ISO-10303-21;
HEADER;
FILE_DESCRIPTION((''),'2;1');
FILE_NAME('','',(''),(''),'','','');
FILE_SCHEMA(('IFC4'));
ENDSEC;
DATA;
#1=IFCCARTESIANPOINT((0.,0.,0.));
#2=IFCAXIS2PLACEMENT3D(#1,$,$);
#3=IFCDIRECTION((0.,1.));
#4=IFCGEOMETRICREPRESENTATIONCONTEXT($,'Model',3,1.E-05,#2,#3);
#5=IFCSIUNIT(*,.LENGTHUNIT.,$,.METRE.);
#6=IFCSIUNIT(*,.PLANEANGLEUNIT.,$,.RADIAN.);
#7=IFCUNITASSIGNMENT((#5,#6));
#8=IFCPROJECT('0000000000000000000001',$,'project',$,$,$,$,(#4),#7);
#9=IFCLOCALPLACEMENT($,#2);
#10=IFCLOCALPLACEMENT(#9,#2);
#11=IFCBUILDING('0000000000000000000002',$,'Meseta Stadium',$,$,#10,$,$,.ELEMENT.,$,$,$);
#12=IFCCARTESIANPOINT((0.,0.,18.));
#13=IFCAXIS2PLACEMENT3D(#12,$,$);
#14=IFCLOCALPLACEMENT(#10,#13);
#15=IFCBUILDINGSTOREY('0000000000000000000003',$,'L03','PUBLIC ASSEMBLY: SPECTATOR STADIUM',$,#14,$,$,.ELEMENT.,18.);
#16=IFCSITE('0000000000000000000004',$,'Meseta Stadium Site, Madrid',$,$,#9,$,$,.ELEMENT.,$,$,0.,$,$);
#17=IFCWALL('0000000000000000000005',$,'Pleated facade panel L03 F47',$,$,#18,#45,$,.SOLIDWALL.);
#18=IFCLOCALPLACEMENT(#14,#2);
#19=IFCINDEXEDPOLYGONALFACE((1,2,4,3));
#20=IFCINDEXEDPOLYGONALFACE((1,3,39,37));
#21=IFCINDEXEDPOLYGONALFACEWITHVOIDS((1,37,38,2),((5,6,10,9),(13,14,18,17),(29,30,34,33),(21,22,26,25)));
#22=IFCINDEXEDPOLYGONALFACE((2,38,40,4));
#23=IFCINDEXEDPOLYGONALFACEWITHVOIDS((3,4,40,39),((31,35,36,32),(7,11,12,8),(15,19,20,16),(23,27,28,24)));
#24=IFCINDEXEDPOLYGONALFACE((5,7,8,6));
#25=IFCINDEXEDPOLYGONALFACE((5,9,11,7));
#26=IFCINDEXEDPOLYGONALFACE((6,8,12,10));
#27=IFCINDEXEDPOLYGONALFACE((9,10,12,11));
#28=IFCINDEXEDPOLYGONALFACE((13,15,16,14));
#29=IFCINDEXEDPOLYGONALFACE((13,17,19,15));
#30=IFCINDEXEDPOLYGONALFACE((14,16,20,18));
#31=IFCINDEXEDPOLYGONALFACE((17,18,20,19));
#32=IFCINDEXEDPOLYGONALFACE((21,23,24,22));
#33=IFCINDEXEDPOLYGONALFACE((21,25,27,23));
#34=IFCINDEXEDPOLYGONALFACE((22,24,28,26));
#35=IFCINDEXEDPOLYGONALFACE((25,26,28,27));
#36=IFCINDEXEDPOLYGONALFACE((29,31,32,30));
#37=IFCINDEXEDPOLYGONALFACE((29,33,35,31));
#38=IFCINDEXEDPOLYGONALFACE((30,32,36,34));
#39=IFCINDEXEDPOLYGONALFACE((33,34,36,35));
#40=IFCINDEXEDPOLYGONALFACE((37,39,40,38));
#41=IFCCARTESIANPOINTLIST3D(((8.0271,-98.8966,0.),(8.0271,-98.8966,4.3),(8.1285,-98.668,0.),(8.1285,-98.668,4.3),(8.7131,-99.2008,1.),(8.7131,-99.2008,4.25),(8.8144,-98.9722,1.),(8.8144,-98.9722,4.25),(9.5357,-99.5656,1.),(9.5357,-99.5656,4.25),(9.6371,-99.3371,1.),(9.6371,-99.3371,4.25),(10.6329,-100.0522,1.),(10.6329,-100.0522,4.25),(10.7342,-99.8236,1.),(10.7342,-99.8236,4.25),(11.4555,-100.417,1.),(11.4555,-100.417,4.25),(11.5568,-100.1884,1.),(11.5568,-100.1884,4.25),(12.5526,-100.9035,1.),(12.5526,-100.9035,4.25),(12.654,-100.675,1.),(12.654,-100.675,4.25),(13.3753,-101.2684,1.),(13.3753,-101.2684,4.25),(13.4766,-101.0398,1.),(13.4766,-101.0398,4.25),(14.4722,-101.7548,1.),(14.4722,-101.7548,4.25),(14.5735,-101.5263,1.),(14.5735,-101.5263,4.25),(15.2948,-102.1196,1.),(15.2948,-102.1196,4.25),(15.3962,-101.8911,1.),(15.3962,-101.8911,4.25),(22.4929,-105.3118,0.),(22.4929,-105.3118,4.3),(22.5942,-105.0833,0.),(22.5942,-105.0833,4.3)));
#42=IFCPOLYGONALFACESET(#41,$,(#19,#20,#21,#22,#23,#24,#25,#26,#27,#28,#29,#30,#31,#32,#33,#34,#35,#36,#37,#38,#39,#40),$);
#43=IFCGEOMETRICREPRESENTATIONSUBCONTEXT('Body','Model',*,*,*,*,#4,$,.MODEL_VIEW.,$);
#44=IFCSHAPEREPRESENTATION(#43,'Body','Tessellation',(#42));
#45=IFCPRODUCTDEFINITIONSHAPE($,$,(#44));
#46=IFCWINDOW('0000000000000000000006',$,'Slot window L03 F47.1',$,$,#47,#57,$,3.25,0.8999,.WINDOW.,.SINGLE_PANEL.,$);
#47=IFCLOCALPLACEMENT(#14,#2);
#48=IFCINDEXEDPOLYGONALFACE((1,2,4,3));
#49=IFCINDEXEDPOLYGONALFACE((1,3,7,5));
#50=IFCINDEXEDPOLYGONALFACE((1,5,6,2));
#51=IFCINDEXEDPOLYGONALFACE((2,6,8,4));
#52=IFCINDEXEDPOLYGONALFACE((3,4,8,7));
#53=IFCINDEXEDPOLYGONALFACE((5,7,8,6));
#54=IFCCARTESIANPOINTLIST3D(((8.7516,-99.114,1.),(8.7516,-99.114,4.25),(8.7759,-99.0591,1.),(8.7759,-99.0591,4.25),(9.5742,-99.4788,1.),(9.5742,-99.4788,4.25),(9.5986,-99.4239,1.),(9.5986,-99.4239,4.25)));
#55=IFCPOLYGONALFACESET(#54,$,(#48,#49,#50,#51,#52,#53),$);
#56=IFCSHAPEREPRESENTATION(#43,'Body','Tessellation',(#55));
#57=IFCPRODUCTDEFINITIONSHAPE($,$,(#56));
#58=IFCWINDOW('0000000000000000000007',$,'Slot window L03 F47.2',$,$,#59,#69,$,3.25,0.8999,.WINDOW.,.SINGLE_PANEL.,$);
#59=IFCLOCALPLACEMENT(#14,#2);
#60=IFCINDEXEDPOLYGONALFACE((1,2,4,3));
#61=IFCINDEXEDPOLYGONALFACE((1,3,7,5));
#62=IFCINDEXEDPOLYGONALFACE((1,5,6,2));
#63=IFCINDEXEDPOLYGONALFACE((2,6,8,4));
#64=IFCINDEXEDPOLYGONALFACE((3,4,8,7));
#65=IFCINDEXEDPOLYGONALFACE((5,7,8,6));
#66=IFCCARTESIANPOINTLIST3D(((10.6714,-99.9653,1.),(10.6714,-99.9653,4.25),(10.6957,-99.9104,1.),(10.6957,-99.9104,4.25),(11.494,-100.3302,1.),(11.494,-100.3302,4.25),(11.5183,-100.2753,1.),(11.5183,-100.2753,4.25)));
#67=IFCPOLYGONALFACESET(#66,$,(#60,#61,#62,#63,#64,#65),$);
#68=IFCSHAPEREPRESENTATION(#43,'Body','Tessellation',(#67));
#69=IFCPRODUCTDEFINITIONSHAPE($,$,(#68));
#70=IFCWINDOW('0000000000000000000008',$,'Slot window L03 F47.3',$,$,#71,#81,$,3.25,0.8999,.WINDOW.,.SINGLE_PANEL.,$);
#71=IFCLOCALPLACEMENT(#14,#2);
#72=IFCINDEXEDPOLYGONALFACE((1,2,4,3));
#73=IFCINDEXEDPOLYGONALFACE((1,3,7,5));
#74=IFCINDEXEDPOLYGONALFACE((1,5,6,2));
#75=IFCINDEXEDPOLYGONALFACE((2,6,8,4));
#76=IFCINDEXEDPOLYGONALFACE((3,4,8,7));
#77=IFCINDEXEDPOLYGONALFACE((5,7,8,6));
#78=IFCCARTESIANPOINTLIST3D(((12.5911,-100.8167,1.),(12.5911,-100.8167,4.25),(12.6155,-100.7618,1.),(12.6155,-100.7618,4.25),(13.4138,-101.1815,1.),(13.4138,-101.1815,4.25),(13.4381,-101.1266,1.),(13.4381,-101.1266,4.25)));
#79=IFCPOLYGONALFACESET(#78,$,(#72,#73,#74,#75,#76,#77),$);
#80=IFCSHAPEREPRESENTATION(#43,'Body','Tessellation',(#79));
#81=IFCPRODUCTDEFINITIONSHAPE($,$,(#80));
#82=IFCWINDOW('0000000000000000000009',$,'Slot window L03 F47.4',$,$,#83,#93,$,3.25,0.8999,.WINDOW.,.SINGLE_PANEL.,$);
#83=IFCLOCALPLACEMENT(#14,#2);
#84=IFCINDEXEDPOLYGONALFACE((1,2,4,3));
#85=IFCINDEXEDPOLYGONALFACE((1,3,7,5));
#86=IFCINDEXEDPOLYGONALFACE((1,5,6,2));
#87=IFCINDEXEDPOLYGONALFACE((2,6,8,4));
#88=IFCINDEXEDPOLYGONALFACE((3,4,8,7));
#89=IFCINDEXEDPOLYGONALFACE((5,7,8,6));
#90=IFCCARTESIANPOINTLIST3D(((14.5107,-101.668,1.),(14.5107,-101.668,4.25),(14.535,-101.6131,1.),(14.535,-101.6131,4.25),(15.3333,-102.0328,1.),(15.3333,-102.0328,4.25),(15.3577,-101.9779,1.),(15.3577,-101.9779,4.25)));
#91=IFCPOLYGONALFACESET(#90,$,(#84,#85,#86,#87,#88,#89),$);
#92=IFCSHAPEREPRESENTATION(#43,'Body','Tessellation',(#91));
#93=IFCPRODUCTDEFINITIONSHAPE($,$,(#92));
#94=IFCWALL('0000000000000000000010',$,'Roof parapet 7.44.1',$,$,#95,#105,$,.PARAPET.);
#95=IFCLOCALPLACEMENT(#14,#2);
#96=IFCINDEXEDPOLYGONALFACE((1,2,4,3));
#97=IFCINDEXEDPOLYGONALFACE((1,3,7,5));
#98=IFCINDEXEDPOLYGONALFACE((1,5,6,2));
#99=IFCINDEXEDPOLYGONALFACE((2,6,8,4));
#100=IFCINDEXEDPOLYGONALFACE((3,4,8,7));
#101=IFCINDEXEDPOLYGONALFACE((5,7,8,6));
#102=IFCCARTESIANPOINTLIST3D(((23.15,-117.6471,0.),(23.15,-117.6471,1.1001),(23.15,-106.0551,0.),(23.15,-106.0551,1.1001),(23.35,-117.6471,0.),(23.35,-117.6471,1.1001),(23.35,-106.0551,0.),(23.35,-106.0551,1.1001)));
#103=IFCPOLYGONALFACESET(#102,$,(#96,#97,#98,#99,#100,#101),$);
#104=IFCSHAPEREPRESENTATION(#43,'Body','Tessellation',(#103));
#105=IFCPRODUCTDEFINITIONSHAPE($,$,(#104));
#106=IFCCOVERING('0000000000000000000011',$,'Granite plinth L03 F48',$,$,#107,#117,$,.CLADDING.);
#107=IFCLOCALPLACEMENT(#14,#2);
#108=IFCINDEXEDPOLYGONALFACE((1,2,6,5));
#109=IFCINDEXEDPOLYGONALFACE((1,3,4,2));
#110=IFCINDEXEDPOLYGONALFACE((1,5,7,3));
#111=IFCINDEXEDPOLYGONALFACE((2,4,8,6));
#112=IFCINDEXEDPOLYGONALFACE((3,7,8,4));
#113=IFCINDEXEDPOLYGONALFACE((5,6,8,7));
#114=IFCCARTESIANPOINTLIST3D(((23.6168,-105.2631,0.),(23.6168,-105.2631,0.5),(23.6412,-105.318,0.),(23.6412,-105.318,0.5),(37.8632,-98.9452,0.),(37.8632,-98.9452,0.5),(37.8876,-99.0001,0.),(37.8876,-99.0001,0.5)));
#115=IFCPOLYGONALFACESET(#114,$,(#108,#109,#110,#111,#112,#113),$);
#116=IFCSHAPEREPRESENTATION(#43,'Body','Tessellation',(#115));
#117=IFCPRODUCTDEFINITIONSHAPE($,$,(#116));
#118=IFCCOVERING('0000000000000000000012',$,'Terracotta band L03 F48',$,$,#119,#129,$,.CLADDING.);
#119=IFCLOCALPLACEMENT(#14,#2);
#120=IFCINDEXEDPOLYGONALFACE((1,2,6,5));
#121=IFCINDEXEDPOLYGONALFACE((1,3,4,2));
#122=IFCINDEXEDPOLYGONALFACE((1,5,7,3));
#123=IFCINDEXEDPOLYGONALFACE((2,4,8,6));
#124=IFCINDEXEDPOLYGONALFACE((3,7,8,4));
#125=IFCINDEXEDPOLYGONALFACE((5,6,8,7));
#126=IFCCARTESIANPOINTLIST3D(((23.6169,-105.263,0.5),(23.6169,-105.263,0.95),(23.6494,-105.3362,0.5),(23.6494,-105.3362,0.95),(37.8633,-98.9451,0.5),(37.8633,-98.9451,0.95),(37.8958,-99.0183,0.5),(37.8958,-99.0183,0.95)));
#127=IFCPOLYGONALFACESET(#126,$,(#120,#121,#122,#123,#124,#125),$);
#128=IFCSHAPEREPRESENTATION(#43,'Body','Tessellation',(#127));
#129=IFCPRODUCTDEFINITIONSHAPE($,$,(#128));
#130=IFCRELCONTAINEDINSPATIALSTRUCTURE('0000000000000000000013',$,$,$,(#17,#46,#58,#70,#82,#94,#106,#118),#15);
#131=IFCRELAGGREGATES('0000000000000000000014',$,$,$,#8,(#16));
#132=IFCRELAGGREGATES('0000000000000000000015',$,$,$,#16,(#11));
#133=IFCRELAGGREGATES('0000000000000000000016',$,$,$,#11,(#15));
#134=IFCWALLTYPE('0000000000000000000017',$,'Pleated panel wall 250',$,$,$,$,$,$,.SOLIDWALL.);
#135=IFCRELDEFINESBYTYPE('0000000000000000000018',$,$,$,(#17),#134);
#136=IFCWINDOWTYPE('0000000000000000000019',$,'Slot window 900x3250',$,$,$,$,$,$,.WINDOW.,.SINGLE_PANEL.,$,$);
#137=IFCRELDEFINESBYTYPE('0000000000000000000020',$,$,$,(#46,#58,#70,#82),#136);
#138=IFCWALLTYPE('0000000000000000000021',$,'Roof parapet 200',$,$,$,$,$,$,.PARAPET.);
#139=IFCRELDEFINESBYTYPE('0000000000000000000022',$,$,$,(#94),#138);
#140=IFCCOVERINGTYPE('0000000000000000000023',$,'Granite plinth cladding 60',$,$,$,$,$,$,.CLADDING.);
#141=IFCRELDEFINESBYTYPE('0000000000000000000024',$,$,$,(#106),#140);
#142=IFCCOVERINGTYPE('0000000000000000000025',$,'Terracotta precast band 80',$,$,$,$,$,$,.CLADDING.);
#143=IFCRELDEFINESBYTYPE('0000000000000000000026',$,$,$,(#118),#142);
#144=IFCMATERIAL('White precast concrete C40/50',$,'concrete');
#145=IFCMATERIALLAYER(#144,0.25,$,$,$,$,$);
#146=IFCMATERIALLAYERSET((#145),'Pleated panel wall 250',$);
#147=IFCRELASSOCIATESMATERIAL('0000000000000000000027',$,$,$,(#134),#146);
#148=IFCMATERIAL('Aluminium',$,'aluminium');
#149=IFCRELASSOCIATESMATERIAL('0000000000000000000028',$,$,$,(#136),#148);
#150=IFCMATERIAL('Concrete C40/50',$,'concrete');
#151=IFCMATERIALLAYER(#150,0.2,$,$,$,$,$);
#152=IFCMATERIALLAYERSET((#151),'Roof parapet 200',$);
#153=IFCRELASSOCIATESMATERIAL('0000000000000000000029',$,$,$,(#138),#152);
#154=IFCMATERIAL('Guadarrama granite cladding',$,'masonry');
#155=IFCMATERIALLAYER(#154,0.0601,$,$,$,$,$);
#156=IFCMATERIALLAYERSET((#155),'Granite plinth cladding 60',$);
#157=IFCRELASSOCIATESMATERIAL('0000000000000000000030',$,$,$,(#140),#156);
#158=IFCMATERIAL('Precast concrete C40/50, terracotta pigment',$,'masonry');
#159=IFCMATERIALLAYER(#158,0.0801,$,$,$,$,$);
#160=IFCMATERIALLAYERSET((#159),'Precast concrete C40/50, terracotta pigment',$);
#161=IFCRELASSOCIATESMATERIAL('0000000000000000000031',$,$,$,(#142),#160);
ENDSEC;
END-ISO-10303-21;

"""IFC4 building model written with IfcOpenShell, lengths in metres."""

from ifc_helpers import new_model, si_unit, direction, frame, frame_2d, origin, origin_2d, place, context, subcontext, project, spatial, rectangle, extrude, material, layer, layer_set, type_object, element, fill, save


model = new_model("IFC4")

# Units and contexts
model_context = context("Model", 3, precision=1e-05, world=origin(), true_north=direction((0.0, 1.0)))
body_context = subcontext(model_context, "Body", "Model", "MODEL_VIEW")
ifc_project = project(units=[si_unit("LENGTHUNIT", "METRE"), si_unit("PLANEANGLEUNIT", "RADIAN")], contexts=[model_context])

# Site, building, storey
site_placement = place(None, origin())
site = spatial("IfcSite", under=ifc_project, at=site_placement, Name="Meseta Stadium Site, Madrid", CompositionType="ELEMENT", RefElevation=0.0)
building_placement = place(site_placement, origin())
building = spatial("IfcBuilding", under=site, at=building_placement, Name="Meseta Stadium", CompositionType="ELEMENT")
storey_placement = place(building_placement, frame((0.0, 0.0, 18.0)))
storey = spatial("IfcBuildingStorey", under=building, at=storey_placement, Name="L03", Description="PUBLIC ASSEMBLY: SPECTATOR STADIUM", CompositionType="ELEMENT", Elevation=18.0)

# Wall, openings, windows
ifc_material_1 = material(Name="White precast concrete C40/50", Category="concrete")
ifc_layer_1 = layer(ifc_material_1, 0.25)
ifc_layer_set_1 = layer_set([ifc_layer_1], Name="Pleated panel wall 250")
wall_type_1 = type_object("IfcWallType", Name="Pleated panel wall 250", PredefinedType="SOLIDWALL", material=ifc_layer_set_1)
wall_1_placement = place(storey_placement, frame((22.5435, -105.1975, 0.0), z_axis=(0.0, 0.0, 1.0), x_axis=(-0.914139, 0.405401, 0.0)))
wall_1 = element("IfcWall", 1, at=wall_1_placement, inside=storey, type_object=wall_type_1, Name="Pleated facade panel L03 F47", PredefinedType="SOLIDWALL", context=body_context, shape_type="SweptSolid", body=[
    extrude(rectangle(XDim=15.8245, YDim=0.25, at=frame_2d((7.9121, 0.0))), origin(), (0.0, 0.0, 1.0), 4.3),
])
opening_1_placement = place(wall_1_placement, frame((14.1741, 0.0, 1.0)))
opening_1 = element("IfcOpeningElement", 2, at=opening_1_placement, cuts=wall_1, PredefinedType="OPENING", context=body_context, shape_type="SweptSolid", body=[
    extrude(rectangle(XDim=0.8999, YDim=3.25, at=frame_2d((0.45, 1.625))), frame((0.0, 0.135, 0.0), z_axis=(0.0, -1.0, 0.0), x_axis=(1.0, 0.0, 0.0)), (0.0, 0.0, 1.0), 0.27),
])
opening_2_placement = place(wall_1_placement, frame((12.074, 0.0, 1.0)))
opening_2 = element("IfcOpeningElement", 3, at=opening_2_placement, cuts=wall_1, PredefinedType="OPENING", context=body_context, shape_type="SweptSolid", body=[
    extrude(rectangle(XDim=0.8999, YDim=3.25, at=frame_2d((0.45, 1.625))), frame((0.0, 0.135, 0.0), z_axis=(0.0, -1.0, 0.0), x_axis=(1.0, 0.0, 0.0)), (0.0, 0.0, 1.0), 0.27),
])
opening_3_placement = place(wall_1_placement, frame((9.9739, 0.0, 1.0)))
opening_3 = element("IfcOpeningElement", 4, at=opening_3_placement, cuts=wall_1, PredefinedType="OPENING", context=body_context, shape_type="SweptSolid", body=[
    extrude(rectangle(XDim=0.8999, YDim=3.25, at=frame_2d((0.45, 1.625))), frame((0.0, 0.135, 0.0), z_axis=(0.0, -1.0, 0.0), x_axis=(1.0, 0.0, 0.0)), (0.0, 0.0, 1.0), 0.27),
])
opening_4_placement = place(wall_1_placement, frame((7.874, 0.0, 1.0)))
opening_4 = element("IfcOpeningElement", 5, at=opening_4_placement, cuts=wall_1, PredefinedType="OPENING", context=body_context, shape_type="SweptSolid", body=[
    extrude(rectangle(XDim=0.8999, YDim=3.25, at=frame_2d((0.45, 1.625))), frame((0.0, 0.135, 0.0), z_axis=(0.0, -1.0, 0.0), x_axis=(1.0, 0.0, 0.0)), (0.0, 0.0, 1.0), 0.27),
])
ifc_material_2 = material(Name="Aluminium", Category="aluminium")
window_type = type_object("IfcWindowType", Name="Slot window 900x3250", PartitioningType="SINGLE_PANEL", PredefinedType="WINDOW", material=ifc_material_2)
window_1_placement = place(opening_1_placement, origin())
window_1 = element("IfcWindow", 6, at=window_1_placement, inside=storey, type_object=window_type, Name="Slot window L03 F47.1", OverallHeight=3.25, OverallWidth=0.8999, PartitioningType="SINGLE_PANEL", PredefinedType="WINDOW", context=body_context, shape_type="SweptSolid", body=[
    extrude(rectangle(XDim=0.8999, YDim=3.25, at=frame_2d((0.45, 1.625))), frame((0.0, 0.03, 0.0), z_axis=(0.0, -1.0, 0.0), x_axis=(1.0, 0.0, 0.0)), (0.0, 0.0, 1.0), 0.0601),
])
fill(opening_1, window_1)
window_2_placement = place(opening_2_placement, origin())
window_2 = element("IfcWindow", 7, at=window_2_placement, inside=storey, type_object=window_type, Name="Slot window L03 F47.2", OverallHeight=3.25, OverallWidth=0.8999, PartitioningType="SINGLE_PANEL", PredefinedType="WINDOW", context=body_context, shape_type="SweptSolid", body=[
    extrude(rectangle(XDim=0.8999, YDim=3.25, at=frame_2d((0.45, 1.625))), frame((0.0, 0.03, 0.0), z_axis=(0.0, -1.0, 0.0), x_axis=(1.0, 0.0, 0.0)), (0.0, 0.0, 1.0), 0.0601),
])
fill(opening_2, window_2)
window_3_placement = place(opening_3_placement, origin())
window_3 = element("IfcWindow", 8, at=window_3_placement, inside=storey, type_object=window_type, Name="Slot window L03 F47.3", OverallHeight=3.25, OverallWidth=0.8999, PartitioningType="SINGLE_PANEL", PredefinedType="WINDOW", context=body_context, shape_type="SweptSolid", body=[
    extrude(rectangle(XDim=0.8999, YDim=3.25, at=frame_2d((0.45, 1.625))), frame((0.0, 0.03, 0.0), z_axis=(0.0, -1.0, 0.0), x_axis=(1.0, 0.0, 0.0)), (0.0, 0.0, 1.0), 0.0601),
])
fill(opening_3, window_3)
window_4_placement = place(opening_4_placement, origin())
window_4 = element("IfcWindow", 9, at=window_4_placement, inside=storey, type_object=window_type, Name="Slot window L03 F47.4", OverallHeight=3.25, OverallWidth=0.8999, PartitioningType="SINGLE_PANEL", PredefinedType="WINDOW", context=body_context, shape_type="SweptSolid", body=[
    extrude(rectangle(XDim=0.8999, YDim=3.25, at=frame_2d((0.45, 1.625))), frame((0.0, 0.03, 0.0), z_axis=(0.0, -1.0, 0.0), x_axis=(1.0, 0.0, 0.0)), (0.0, 0.0, 1.0), 0.0601),
])
fill(opening_4, window_4)

# Wall
ifc_material_3 = material(Name="Concrete C40/50", Category="concrete")
ifc_layer_2 = layer(ifc_material_3, 0.2)
ifc_layer_set_2 = layer_set([ifc_layer_2], Name="Roof parapet 200")
wall_type_2 = type_object("IfcWallType", Name="Roof parapet 200", PredefinedType="PARAPET", material=ifc_layer_set_2)
wall_2_placement = place(storey_placement, frame((23.25, -117.647, 0.0), z_axis=(0.0, 0.0, 1.0), x_axis=(0.0, 1.0, 0.0)))
element("IfcWall", 10, at=wall_2_placement, inside=storey, type_object=wall_type_2, Name="Roof parapet 7.44.1", PredefinedType="PARAPET", context=body_context, shape_type="SweptSolid", body=[
    extrude(rectangle(XDim=11.592, YDim=0.2, at=frame_2d((5.7959, 0.0))), origin(), (0.0, 0.0, 1.0), 1.1001),
])

# Coverings
ifc_material_4 = material(Name="Guadarrama granite cladding", Category="masonry")
ifc_layer_3 = layer(ifc_material_4, 0.0601)
ifc_layer_set_3 = layer_set([ifc_layer_3], Name="Granite plinth cladding 60")
covering_type_1 = type_object("IfcCoveringType", Name="Granite plinth cladding 60", PredefinedType="CLADDING", material=ifc_layer_set_3)
covering_1_placement = place(storey_placement, frame((30.7522, -102.1316, 0.0), z_axis=(0.0, 0.0, 1.0), x_axis=(-0.914139, -0.4054, 0.0)))
element("IfcCovering", 11, at=covering_1_placement, inside=storey, type_object=covering_type_1, Name="Granite plinth L03 F48", PredefinedType="CLADDING", context=body_context, shape_type="SweptSolid", body=[
    extrude(rectangle(XDim=15.5845, YDim=0.0601, at=origin_2d()), origin(), (0.0, 0.0, 1.0), 0.5),
])
ifc_material_5 = material(Name="Precast concrete C40/50, terracotta pigment", Category="masonry")
ifc_layer_4 = layer(ifc_material_5, 0.0801)
ifc_layer_set_4 = layer_set([ifc_layer_4], Name="Precast concrete C40/50, terracotta pigment")
covering_type_2 = type_object("IfcCoveringType", Name="Terracotta precast band 80", PredefinedType="CLADDING", material=ifc_layer_set_4)
covering_2_placement = place(storey_placement, frame((30.7563, -102.1406, 0.5), z_axis=(0.0, 0.0, 1.0), x_axis=(-0.914139, -0.4054, 0.0)))
element("IfcCovering", 12, at=covering_2_placement, inside=storey, type_object=covering_type_2, Name="Terracotta band L03 F48", PredefinedType="CLADDING", context=body_context, shape_type="SweptSolid", body=[
    extrude(rectangle(XDim=15.5845, YDim=0.0801, at=origin_2d()), origin(), (0.0, 0.0, 1.0), 0.45),
])

save(model, "model.ifc")
